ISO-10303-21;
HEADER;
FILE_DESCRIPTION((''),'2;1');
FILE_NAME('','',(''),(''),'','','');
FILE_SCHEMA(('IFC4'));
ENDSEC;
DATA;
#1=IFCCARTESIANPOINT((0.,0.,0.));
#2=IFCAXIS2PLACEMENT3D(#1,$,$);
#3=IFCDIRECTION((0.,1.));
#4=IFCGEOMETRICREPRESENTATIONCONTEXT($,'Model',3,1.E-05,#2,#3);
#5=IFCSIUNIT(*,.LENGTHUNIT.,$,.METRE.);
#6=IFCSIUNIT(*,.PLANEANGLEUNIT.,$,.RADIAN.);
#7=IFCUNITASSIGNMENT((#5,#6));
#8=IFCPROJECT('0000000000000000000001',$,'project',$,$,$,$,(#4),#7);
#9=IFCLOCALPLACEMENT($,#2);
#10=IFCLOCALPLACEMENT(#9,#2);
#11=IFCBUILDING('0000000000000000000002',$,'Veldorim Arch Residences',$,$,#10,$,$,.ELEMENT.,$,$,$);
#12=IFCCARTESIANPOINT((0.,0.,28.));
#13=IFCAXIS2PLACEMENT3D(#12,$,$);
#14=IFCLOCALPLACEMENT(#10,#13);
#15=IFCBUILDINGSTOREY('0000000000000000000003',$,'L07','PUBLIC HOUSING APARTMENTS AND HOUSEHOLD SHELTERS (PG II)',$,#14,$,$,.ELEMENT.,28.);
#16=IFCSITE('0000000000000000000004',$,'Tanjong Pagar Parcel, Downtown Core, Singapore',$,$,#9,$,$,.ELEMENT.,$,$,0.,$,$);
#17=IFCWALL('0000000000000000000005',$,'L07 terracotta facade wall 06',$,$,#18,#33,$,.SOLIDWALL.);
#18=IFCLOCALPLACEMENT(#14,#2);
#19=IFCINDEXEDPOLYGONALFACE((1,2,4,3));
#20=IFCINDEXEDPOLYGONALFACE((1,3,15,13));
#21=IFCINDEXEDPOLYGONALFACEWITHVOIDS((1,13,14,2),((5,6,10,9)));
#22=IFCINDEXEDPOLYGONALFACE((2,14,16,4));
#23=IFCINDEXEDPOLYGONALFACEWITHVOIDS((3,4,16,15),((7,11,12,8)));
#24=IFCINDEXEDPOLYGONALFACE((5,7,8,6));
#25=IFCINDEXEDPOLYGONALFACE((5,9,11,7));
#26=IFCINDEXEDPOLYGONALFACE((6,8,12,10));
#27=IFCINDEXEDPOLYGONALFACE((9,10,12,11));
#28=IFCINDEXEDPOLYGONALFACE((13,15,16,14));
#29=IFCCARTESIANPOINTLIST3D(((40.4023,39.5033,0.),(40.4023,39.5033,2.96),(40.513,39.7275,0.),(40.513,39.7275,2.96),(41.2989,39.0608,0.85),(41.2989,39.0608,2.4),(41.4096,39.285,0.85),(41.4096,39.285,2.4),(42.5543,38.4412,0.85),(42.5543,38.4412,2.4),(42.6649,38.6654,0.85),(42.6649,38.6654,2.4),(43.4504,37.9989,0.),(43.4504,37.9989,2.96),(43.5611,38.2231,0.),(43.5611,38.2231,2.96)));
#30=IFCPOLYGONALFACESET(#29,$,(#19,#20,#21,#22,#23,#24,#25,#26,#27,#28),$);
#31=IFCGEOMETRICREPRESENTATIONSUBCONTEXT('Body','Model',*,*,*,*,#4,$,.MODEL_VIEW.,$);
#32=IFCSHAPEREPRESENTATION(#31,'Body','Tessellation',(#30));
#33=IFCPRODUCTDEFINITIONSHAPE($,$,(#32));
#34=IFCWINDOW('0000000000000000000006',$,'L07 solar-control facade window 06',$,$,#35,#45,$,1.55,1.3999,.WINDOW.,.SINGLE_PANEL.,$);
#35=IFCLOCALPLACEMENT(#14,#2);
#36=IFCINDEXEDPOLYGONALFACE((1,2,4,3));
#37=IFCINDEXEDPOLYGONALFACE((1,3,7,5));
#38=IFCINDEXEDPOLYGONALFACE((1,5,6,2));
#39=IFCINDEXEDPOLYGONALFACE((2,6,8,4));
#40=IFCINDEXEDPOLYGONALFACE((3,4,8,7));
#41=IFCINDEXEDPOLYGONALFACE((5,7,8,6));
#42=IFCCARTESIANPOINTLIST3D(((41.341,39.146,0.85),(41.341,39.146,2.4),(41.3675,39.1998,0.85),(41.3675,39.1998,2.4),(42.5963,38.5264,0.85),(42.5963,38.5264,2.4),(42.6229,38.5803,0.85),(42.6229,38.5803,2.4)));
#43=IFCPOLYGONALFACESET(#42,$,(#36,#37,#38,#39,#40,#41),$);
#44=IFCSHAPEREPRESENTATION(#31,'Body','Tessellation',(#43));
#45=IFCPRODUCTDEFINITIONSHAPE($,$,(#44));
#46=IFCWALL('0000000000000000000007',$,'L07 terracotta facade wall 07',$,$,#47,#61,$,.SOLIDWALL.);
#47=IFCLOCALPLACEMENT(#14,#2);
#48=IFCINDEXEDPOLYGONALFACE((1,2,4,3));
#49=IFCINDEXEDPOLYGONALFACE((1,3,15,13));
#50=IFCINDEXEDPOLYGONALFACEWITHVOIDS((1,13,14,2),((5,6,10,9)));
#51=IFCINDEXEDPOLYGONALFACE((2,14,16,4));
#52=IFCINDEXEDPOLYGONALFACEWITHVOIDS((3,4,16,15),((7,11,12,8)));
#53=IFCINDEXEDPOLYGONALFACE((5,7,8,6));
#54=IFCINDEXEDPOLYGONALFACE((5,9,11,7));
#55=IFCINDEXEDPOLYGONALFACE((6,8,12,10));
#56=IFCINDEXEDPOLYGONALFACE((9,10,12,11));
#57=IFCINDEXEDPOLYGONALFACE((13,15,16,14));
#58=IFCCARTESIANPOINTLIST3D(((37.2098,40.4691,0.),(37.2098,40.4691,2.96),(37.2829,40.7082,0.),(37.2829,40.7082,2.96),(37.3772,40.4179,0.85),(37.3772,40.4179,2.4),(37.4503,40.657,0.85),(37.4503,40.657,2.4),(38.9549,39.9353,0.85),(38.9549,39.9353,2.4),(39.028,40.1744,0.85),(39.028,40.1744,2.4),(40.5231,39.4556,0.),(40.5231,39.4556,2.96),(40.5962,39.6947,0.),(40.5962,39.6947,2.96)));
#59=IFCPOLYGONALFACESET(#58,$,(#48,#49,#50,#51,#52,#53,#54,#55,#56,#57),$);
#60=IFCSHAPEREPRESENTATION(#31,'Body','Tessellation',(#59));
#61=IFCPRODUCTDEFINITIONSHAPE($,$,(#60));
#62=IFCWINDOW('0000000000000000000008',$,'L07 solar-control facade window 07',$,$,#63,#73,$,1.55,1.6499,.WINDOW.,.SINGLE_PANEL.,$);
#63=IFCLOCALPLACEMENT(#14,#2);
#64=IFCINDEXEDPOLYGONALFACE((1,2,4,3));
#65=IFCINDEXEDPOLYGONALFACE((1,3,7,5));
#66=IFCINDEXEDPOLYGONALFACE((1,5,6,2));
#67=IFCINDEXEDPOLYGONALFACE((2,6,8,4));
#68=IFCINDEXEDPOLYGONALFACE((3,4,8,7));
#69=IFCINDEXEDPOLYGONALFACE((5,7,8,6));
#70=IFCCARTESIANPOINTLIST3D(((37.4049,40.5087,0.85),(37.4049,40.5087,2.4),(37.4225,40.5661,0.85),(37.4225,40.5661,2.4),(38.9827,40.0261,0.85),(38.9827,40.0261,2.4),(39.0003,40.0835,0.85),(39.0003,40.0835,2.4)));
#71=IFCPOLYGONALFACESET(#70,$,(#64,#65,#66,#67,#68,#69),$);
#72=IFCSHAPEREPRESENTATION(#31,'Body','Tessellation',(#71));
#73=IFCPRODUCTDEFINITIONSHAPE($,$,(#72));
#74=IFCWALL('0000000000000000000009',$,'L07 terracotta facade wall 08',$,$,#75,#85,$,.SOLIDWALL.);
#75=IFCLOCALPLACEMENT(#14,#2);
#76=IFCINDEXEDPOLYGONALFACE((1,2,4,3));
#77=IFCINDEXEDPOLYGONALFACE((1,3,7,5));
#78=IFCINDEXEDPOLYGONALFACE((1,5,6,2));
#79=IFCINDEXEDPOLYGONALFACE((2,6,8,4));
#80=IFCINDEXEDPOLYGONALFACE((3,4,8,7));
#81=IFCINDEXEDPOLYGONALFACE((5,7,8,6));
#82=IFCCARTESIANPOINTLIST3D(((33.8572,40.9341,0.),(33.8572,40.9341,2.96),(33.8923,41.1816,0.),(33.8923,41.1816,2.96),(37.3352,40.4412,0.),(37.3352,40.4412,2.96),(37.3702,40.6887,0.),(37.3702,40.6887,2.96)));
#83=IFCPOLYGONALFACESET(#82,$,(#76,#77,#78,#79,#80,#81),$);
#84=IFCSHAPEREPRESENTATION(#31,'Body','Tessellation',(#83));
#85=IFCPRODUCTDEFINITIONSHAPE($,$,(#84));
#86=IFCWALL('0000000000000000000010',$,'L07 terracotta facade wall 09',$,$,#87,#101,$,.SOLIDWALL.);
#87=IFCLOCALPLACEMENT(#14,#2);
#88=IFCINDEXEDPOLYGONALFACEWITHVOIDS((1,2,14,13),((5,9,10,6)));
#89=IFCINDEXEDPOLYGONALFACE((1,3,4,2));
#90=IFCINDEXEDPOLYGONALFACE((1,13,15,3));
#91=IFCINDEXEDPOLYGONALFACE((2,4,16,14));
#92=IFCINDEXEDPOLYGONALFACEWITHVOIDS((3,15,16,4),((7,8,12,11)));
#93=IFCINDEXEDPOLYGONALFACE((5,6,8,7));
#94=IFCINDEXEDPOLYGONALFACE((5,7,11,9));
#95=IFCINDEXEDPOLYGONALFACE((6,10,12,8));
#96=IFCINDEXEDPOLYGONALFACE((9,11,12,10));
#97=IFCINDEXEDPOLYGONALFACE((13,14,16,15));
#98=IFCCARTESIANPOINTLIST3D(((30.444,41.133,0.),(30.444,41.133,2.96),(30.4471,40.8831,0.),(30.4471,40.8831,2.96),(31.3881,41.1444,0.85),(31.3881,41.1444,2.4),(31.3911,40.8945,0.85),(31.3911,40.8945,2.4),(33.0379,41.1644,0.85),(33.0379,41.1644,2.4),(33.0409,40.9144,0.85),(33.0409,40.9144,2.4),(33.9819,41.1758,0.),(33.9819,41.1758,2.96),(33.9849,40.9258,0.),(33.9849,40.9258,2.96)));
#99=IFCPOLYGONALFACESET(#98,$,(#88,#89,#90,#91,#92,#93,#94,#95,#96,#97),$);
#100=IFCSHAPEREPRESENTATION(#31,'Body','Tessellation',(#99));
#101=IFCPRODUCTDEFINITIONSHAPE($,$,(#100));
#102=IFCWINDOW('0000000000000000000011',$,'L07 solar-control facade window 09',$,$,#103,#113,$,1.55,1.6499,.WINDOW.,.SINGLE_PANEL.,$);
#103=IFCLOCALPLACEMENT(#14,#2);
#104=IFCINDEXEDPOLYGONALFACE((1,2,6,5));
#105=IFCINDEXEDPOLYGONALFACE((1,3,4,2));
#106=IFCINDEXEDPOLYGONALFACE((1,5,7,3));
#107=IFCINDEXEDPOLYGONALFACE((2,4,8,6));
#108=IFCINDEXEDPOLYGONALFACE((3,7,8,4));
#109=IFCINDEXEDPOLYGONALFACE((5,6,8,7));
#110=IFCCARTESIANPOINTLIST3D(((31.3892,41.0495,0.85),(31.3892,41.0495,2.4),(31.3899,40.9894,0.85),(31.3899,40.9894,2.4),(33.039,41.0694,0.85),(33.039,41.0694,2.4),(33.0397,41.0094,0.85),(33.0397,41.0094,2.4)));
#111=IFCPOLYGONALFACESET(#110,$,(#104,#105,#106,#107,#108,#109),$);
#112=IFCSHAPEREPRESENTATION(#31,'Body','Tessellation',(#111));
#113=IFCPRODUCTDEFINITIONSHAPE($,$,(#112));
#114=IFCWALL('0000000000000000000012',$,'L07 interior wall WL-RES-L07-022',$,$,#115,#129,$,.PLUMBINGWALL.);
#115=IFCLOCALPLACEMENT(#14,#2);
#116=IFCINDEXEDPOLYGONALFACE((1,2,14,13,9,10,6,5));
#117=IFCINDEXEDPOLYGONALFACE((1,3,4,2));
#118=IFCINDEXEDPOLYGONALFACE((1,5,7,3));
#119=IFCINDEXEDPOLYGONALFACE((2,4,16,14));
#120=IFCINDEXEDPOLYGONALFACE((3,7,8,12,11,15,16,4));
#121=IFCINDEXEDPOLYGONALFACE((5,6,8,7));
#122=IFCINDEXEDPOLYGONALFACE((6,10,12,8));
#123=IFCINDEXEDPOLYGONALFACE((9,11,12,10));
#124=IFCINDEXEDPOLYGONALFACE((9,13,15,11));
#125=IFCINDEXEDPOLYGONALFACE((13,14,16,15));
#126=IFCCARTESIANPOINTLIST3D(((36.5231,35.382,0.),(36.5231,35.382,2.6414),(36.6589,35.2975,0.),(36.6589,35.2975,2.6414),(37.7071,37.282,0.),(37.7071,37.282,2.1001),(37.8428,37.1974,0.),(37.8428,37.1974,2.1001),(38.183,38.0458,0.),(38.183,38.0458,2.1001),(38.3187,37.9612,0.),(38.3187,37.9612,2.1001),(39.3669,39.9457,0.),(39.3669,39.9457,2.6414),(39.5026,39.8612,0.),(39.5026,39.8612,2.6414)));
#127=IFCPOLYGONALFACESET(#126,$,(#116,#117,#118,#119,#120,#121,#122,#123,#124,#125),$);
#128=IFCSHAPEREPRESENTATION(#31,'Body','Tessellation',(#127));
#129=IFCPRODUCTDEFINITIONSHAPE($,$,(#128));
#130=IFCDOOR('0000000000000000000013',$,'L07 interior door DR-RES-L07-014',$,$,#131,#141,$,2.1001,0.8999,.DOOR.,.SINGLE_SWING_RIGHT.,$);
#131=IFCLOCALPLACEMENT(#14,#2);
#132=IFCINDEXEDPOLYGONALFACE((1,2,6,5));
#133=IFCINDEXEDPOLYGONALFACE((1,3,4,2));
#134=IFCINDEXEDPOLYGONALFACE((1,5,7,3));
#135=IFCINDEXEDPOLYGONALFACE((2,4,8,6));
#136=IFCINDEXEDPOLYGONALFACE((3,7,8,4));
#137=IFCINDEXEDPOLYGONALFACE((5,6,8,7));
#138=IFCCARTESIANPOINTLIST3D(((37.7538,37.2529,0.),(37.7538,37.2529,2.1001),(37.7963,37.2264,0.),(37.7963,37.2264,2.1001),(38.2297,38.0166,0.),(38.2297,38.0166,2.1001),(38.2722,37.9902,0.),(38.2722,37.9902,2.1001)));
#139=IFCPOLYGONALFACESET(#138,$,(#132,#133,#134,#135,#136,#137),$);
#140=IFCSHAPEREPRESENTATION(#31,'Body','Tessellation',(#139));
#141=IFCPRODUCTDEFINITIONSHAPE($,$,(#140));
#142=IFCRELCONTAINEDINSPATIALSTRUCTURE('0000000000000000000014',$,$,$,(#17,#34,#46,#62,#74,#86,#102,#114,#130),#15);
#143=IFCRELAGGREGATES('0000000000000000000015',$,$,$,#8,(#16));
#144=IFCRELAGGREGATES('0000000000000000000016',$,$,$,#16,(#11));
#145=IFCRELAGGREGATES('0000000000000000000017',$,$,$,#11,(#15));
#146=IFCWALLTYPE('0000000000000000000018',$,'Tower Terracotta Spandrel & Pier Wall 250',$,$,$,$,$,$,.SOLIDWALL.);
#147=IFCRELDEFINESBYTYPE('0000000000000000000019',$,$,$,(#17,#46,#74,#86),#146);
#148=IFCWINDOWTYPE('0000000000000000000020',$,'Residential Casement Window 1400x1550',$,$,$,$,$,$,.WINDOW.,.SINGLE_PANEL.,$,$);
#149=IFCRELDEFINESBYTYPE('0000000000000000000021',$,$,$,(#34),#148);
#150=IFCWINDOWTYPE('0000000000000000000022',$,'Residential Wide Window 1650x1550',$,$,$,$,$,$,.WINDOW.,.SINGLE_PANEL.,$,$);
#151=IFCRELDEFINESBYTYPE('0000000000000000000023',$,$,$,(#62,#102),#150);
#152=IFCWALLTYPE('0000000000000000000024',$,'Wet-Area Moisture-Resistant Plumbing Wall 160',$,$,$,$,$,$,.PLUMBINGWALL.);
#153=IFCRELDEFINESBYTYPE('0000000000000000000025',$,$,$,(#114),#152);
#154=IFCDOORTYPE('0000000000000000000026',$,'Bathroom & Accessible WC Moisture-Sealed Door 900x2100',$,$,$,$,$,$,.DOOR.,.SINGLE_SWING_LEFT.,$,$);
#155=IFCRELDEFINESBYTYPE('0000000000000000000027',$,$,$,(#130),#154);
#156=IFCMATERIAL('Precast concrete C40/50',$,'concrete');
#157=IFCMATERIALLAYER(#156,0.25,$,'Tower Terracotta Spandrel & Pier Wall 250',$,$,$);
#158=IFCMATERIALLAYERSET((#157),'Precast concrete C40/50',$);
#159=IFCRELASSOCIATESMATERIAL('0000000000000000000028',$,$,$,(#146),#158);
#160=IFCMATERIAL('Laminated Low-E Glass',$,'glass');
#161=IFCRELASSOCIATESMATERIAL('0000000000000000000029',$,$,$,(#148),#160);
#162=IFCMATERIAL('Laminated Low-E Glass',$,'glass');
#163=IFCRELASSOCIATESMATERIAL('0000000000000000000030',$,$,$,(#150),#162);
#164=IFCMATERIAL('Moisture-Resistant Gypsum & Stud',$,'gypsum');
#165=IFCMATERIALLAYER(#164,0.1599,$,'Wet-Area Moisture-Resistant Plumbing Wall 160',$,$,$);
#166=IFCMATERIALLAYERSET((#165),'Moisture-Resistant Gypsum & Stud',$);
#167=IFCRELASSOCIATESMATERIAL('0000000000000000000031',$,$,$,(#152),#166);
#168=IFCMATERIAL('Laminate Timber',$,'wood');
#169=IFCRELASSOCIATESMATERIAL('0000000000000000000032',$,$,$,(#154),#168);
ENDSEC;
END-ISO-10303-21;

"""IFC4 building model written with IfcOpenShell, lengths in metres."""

from ifc_helpers import new_model, si_unit, direction, frame, frame_2d, origin, place, context, subcontext, project, spatial, rectangle, extrude, material, layer, layer_set, type_object, element, fill, save


model = new_model("IFC4")

# Units and contexts
model_context = context("Model", 3, precision=1e-05, world=origin(), true_north=direction((0.0, 1.0)))
body_context = subcontext(model_context, "Body", "Model", "MODEL_VIEW")
ifc_project = project(units=[si_unit("LENGTHUNIT", "METRE"), si_unit("PLANEANGLEUNIT", "RADIAN")], contexts=[model_context])

# Site, building, storey
site_placement = place(None, origin())
site = spatial("IfcSite", under=ifc_project, at=site_placement, Name="Tanjong Pagar Parcel, Downtown Core, Singapore", CompositionType="ELEMENT", RefElevation=0.0)
building_placement = place(site_placement, origin())
building = spatial("IfcBuilding", under=site, at=building_placement, Name="Veldorim Arch Residences", CompositionType="ELEMENT")
storey_placement = place(building_placement, frame((0.0, 0.0, 28.0)))
storey = spatial("IfcBuildingStorey", under=building, at=storey_placement, Name="L07", Description="PUBLIC HOUSING APARTMENTS AND HOUSEHOLD SHELTERS (PG II)", CompositionType="ELEMENT", Elevation=28.0)

# Walls, openings, windows
ifc_material_1 = material(Name="Precast concrete C40/50", Category="concrete")
ifc_layer_1 = layer(ifc_material_1, 0.25, Name="Tower Terracotta Spandrel & Pier Wall 250")
ifc_layer_set_1 = layer_set([ifc_layer_1], Name="Precast concrete C40/50")
wall_type_1 = type_object("IfcWallType", Name="Tower Terracotta Spandrel & Pier Wall 250", PredefinedType="SOLIDWALL", material=ifc_layer_set_1)
wall_1_placement = place(storey_placement, frame((40.4575, 39.6155, 0.0), z_axis=(0.0, 0.0, 1.0), x_axis=(0.896728, -0.442582, 0.0)))
wall_1 = element("IfcWall", 1, at=wall_1_placement, inside=storey, type_object=wall_type_1, Name="L07 terracotta facade wall 06", PredefinedType="SOLIDWALL", context=body_context, shape_type="SweptSolid", body=[
    extrude(rectangle(XDim=3.3992, YDim=0.25, at=frame_2d((1.6997, 0.0))), origin(), (0.0, 0.0, 1.0), 2.96),
])
opening_1_placement = place(wall_1_placement, frame((1.0, 0.0, 0.8501)))
opening_1 = element("IfcOpeningElement", 2, at=opening_1_placement, cuts=wall_1, PredefinedType="OPENING", context=body_context, shape_type="SweptSolid", body=[
    extrude(rectangle(XDim=1.3999, YDim=1.55, at=frame_2d((0.7, 0.7749))), frame((0.0, 0.135, 0.0), z_axis=(0.0, -1.0, 0.0), x_axis=(1.0, 0.0, 0.0)), (0.0, 0.0, 1.0), 0.27),
])
ifc_material_2 = material(Name="Laminated Low-E Glass", Category="glass")
window_type_1 = type_object("IfcWindowType", Name="Residential Casement Window 1400x1550", PartitioningType="SINGLE_PANEL", PredefinedType="WINDOW", material=ifc_material_2)
window_1_placement = place(opening_1_placement, origin())
window_1 = element("IfcWindow", 3, at=window_1_placement, inside=storey, type_object=window_type_1, Name="L07 solar-control facade window 06", OverallHeight=1.55, OverallWidth=1.3999, PartitioningType="SINGLE_PANEL", PredefinedType="WINDOW", context=body_context, shape_type="SweptSolid", body=[
    extrude(rectangle(XDim=1.3999, YDim=1.55, at=frame_2d((0.7, 0.7749))), frame((0.0, 0.03, 0.0), z_axis=(0.0, -1.0, 0.0), x_axis=(1.0, 0.0, 0.0)), (0.0, 0.0, 1.0), 0.0601),
])
fill(opening_1, window_1)
wall_2_placement = place(storey_placement, frame((37.2463, 40.5886, 0.0), z_axis=(0.0, 0.0, 1.0), x_axis=(0.956267, -0.292496, 0.0)))
wall_2 = element("IfcWall", 4, at=wall_2_placement, inside=storey, type_object=wall_type_1, Name="L07 terracotta facade wall 07", PredefinedType="SOLIDWALL", context=body_context, shape_type="SweptSolid", body=[
    extrude(rectangle(XDim=3.4648, YDim=0.25, at=frame_2d((1.7324, 0.0))), origin(), (0.0, 0.0, 1.0), 2.96),
])
opening_2_placement = place(wall_2_placement, frame((0.175, 0.0, 0.8501)))
opening_2 = element("IfcOpeningElement", 5, at=opening_2_placement, cuts=wall_2, PredefinedType="OPENING", context=body_context, shape_type="SweptSolid", body=[
    extrude(rectangle(XDim=1.6499, YDim=1.55, at=frame_2d((0.825, 0.7749))), frame((0.0, 0.135, 0.0), z_axis=(0.0, -1.0, 0.0), x_axis=(1.0, 0.0, 0.0)), (0.0, 0.0, 1.0), 0.27),
])
ifc_material_3 = material(Name="Laminated Low-E Glass", Category="glass")
window_type_2 = type_object("IfcWindowType", Name="Residential Wide Window 1650x1550", PartitioningType="SINGLE_PANEL", PredefinedType="WINDOW", material=ifc_material_3)
window_2_placement = place(opening_2_placement, origin())
window_2 = element("IfcWindow", 6, at=window_2_placement, inside=storey, type_object=window_type_2, Name="L07 solar-control facade window 07", OverallHeight=1.55, OverallWidth=1.6499, PartitioningType="SINGLE_PANEL", PredefinedType="WINDOW", context=body_context, shape_type="SweptSolid", body=[
    extrude(rectangle(XDim=1.6499, YDim=1.55, at=frame_2d((0.825, 0.7749))), frame((0.0, 0.03, 0.0), z_axis=(0.0, -1.0, 0.0), x_axis=(1.0, 0.0, 0.0)), (0.0, 0.0, 1.0), 0.0601),
])
fill(opening_2, window_2)

# Wall
wall_3_placement = place(storey_placement, frame((33.8748, 41.0579, 0.0), z_axis=(0.0, 0.0, 1.0), x_axis=(0.990106, -0.140322, 0.0)))
element("IfcWall", 7, at=wall_3_placement, inside=storey, type_object=wall_type_1, Name="L07 terracotta facade wall 08", PredefinedType="SOLIDWALL", context=body_context, shape_type="SweptSolid", body=[
    extrude(rectangle(XDim=3.5127, YDim=0.25, at=frame_2d((1.7563, 0.0))), origin(), (0.0, 0.0, 1.0), 2.96),
])

# Wall, opening, window
wall_4_placement = place(storey_placement, frame((30.4456, 41.0081, 0.0), z_axis=(0.0, 0.0, 1.0), x_axis=(0.999927, 0.012076, 0.0)))
wall_4 = element("IfcWall", 8, at=wall_4_placement, inside=storey, type_object=wall_type_1, Name="L07 terracotta facade wall 09", PredefinedType="SOLIDWALL", context=body_context, shape_type="SweptSolid", body=[
    extrude(rectangle(XDim=3.5381, YDim=0.25, at=frame_2d((1.769, 0.0))), origin(), (0.0, 0.0, 1.0), 2.96),
])
opening_3_placement = place(wall_4_placement, frame((0.9441, 0.0, 0.8501)))
opening_3 = element("IfcOpeningElement", 9, at=opening_3_placement, cuts=wall_4, PredefinedType="OPENING", context=body_context, shape_type="SweptSolid", body=[
    extrude(rectangle(XDim=1.6499, YDim=1.55, at=frame_2d((0.825, 0.7749))), frame((0.0, 0.135, 0.0), z_axis=(0.0, -1.0, 0.0), x_axis=(1.0, 0.0, 0.0)), (0.0, 0.0, 1.0), 0.27),
])
window_3_placement = place(opening_3_placement, origin())
window_3 = element("IfcWindow", 10, at=window_3_placement, inside=storey, type_object=window_type_2, Name="L07 solar-control facade window 09", OverallHeight=1.55, OverallWidth=1.6499, PartitioningType="SINGLE_PANEL", PredefinedType="WINDOW", context=body_context, shape_type="SweptSolid", body=[
    extrude(rectangle(XDim=1.6499, YDim=1.55, at=frame_2d((0.825, 0.7749))), frame((0.0, 0.03, 0.0), z_axis=(0.0, -1.0, 0.0), x_axis=(1.0, 0.0, 0.0)), (0.0, 0.0, 1.0), 0.0601),
])
fill(opening_3, window_3)

# Wall, opening, door
ifc_material_4 = material(Name="Moisture-Resistant Gypsum & Stud", Category="gypsum")
ifc_layer_2 = layer(ifc_material_4, 0.1599, Name="Wet-Area Moisture-Resistant Plumbing Wall 160")
ifc_layer_set_2 = layer_set([ifc_layer_2], Name="Moisture-Resistant Gypsum & Stud")
wall_type_2 = type_object("IfcWallType", Name="Wet-Area Moisture-Resistant Plumbing Wall 160", PredefinedType="PLUMBINGWALL", material=ifc_layer_set_2)
wall_5_placement = place(storey_placement, frame((36.5911, 35.3398, 0.0), z_axis=(0.0, 0.0, 1.0), x_axis=(0.528852, 0.848714, 0.0)))
wall_5 = element("IfcWall", 11, at=wall_5_placement, inside=storey, type_object=wall_type_2, Name="L07 interior wall WL-RES-L07-022", PredefinedType="PLUMBINGWALL", context=body_context, shape_type="SweptSolid", body=[
    extrude(rectangle(XDim=5.3772, YDim=0.1599, at=frame_2d((2.6885, 0.0))), origin(), (0.0, 0.0, 1.0), 2.6414),
])
opening_4_placement = place(wall_5_placement, frame((2.2385, 0.0, 0.0)))
opening_4 = element("IfcOpeningElement", 12, at=opening_4_placement, cuts=wall_5, PredefinedType="OPENING", context=body_context, shape_type="SweptSolid", body=[
    extrude(rectangle(XDim=0.8999, YDim=2.1001, at=frame_2d((0.45, 1.05))), frame((0.0, 0.0898, 0.0), z_axis=(0.0, -1.0, 0.0), x_axis=(1.0, 0.0, 0.0)), (0.0, 0.0, 1.0), 0.1799),
])
ifc_material_5 = material(Name="Laminate Timber", Category="wood")
door_type_1 = type_object("IfcDoorType", Name="Bathroom & Accessible WC Moisture-Sealed Door 900x2100", OperationType="SINGLE_SWING_LEFT", PredefinedType="DOOR", material=ifc_material_5)
door_1_placement = place(opening_4_placement, origin())
door_1 = element("IfcDoor", 13, at=door_1_placement, inside=storey, type_object=door_type_1, Name="L07 interior door DR-RES-L07-014", OperationType="SINGLE_SWING_RIGHT", OverallHeight=2.1001, OverallWidth=0.8999, PredefinedType="DOOR", context=body_context, shape_type="SweptSolid", body=[
    extrude(rectangle(XDim=0.8999, YDim=2.1001, at=frame_2d((0.45, 1.05))), frame((0.0, 0.0249, 0.0), z_axis=(0.0, -1.0, 0.0), x_axis=(1.0, 0.0, 0.0)), (0.0, 0.0, 1.0), 0.05),
])
fill(opening_4, door_1)

save(model, "model.ifc")
